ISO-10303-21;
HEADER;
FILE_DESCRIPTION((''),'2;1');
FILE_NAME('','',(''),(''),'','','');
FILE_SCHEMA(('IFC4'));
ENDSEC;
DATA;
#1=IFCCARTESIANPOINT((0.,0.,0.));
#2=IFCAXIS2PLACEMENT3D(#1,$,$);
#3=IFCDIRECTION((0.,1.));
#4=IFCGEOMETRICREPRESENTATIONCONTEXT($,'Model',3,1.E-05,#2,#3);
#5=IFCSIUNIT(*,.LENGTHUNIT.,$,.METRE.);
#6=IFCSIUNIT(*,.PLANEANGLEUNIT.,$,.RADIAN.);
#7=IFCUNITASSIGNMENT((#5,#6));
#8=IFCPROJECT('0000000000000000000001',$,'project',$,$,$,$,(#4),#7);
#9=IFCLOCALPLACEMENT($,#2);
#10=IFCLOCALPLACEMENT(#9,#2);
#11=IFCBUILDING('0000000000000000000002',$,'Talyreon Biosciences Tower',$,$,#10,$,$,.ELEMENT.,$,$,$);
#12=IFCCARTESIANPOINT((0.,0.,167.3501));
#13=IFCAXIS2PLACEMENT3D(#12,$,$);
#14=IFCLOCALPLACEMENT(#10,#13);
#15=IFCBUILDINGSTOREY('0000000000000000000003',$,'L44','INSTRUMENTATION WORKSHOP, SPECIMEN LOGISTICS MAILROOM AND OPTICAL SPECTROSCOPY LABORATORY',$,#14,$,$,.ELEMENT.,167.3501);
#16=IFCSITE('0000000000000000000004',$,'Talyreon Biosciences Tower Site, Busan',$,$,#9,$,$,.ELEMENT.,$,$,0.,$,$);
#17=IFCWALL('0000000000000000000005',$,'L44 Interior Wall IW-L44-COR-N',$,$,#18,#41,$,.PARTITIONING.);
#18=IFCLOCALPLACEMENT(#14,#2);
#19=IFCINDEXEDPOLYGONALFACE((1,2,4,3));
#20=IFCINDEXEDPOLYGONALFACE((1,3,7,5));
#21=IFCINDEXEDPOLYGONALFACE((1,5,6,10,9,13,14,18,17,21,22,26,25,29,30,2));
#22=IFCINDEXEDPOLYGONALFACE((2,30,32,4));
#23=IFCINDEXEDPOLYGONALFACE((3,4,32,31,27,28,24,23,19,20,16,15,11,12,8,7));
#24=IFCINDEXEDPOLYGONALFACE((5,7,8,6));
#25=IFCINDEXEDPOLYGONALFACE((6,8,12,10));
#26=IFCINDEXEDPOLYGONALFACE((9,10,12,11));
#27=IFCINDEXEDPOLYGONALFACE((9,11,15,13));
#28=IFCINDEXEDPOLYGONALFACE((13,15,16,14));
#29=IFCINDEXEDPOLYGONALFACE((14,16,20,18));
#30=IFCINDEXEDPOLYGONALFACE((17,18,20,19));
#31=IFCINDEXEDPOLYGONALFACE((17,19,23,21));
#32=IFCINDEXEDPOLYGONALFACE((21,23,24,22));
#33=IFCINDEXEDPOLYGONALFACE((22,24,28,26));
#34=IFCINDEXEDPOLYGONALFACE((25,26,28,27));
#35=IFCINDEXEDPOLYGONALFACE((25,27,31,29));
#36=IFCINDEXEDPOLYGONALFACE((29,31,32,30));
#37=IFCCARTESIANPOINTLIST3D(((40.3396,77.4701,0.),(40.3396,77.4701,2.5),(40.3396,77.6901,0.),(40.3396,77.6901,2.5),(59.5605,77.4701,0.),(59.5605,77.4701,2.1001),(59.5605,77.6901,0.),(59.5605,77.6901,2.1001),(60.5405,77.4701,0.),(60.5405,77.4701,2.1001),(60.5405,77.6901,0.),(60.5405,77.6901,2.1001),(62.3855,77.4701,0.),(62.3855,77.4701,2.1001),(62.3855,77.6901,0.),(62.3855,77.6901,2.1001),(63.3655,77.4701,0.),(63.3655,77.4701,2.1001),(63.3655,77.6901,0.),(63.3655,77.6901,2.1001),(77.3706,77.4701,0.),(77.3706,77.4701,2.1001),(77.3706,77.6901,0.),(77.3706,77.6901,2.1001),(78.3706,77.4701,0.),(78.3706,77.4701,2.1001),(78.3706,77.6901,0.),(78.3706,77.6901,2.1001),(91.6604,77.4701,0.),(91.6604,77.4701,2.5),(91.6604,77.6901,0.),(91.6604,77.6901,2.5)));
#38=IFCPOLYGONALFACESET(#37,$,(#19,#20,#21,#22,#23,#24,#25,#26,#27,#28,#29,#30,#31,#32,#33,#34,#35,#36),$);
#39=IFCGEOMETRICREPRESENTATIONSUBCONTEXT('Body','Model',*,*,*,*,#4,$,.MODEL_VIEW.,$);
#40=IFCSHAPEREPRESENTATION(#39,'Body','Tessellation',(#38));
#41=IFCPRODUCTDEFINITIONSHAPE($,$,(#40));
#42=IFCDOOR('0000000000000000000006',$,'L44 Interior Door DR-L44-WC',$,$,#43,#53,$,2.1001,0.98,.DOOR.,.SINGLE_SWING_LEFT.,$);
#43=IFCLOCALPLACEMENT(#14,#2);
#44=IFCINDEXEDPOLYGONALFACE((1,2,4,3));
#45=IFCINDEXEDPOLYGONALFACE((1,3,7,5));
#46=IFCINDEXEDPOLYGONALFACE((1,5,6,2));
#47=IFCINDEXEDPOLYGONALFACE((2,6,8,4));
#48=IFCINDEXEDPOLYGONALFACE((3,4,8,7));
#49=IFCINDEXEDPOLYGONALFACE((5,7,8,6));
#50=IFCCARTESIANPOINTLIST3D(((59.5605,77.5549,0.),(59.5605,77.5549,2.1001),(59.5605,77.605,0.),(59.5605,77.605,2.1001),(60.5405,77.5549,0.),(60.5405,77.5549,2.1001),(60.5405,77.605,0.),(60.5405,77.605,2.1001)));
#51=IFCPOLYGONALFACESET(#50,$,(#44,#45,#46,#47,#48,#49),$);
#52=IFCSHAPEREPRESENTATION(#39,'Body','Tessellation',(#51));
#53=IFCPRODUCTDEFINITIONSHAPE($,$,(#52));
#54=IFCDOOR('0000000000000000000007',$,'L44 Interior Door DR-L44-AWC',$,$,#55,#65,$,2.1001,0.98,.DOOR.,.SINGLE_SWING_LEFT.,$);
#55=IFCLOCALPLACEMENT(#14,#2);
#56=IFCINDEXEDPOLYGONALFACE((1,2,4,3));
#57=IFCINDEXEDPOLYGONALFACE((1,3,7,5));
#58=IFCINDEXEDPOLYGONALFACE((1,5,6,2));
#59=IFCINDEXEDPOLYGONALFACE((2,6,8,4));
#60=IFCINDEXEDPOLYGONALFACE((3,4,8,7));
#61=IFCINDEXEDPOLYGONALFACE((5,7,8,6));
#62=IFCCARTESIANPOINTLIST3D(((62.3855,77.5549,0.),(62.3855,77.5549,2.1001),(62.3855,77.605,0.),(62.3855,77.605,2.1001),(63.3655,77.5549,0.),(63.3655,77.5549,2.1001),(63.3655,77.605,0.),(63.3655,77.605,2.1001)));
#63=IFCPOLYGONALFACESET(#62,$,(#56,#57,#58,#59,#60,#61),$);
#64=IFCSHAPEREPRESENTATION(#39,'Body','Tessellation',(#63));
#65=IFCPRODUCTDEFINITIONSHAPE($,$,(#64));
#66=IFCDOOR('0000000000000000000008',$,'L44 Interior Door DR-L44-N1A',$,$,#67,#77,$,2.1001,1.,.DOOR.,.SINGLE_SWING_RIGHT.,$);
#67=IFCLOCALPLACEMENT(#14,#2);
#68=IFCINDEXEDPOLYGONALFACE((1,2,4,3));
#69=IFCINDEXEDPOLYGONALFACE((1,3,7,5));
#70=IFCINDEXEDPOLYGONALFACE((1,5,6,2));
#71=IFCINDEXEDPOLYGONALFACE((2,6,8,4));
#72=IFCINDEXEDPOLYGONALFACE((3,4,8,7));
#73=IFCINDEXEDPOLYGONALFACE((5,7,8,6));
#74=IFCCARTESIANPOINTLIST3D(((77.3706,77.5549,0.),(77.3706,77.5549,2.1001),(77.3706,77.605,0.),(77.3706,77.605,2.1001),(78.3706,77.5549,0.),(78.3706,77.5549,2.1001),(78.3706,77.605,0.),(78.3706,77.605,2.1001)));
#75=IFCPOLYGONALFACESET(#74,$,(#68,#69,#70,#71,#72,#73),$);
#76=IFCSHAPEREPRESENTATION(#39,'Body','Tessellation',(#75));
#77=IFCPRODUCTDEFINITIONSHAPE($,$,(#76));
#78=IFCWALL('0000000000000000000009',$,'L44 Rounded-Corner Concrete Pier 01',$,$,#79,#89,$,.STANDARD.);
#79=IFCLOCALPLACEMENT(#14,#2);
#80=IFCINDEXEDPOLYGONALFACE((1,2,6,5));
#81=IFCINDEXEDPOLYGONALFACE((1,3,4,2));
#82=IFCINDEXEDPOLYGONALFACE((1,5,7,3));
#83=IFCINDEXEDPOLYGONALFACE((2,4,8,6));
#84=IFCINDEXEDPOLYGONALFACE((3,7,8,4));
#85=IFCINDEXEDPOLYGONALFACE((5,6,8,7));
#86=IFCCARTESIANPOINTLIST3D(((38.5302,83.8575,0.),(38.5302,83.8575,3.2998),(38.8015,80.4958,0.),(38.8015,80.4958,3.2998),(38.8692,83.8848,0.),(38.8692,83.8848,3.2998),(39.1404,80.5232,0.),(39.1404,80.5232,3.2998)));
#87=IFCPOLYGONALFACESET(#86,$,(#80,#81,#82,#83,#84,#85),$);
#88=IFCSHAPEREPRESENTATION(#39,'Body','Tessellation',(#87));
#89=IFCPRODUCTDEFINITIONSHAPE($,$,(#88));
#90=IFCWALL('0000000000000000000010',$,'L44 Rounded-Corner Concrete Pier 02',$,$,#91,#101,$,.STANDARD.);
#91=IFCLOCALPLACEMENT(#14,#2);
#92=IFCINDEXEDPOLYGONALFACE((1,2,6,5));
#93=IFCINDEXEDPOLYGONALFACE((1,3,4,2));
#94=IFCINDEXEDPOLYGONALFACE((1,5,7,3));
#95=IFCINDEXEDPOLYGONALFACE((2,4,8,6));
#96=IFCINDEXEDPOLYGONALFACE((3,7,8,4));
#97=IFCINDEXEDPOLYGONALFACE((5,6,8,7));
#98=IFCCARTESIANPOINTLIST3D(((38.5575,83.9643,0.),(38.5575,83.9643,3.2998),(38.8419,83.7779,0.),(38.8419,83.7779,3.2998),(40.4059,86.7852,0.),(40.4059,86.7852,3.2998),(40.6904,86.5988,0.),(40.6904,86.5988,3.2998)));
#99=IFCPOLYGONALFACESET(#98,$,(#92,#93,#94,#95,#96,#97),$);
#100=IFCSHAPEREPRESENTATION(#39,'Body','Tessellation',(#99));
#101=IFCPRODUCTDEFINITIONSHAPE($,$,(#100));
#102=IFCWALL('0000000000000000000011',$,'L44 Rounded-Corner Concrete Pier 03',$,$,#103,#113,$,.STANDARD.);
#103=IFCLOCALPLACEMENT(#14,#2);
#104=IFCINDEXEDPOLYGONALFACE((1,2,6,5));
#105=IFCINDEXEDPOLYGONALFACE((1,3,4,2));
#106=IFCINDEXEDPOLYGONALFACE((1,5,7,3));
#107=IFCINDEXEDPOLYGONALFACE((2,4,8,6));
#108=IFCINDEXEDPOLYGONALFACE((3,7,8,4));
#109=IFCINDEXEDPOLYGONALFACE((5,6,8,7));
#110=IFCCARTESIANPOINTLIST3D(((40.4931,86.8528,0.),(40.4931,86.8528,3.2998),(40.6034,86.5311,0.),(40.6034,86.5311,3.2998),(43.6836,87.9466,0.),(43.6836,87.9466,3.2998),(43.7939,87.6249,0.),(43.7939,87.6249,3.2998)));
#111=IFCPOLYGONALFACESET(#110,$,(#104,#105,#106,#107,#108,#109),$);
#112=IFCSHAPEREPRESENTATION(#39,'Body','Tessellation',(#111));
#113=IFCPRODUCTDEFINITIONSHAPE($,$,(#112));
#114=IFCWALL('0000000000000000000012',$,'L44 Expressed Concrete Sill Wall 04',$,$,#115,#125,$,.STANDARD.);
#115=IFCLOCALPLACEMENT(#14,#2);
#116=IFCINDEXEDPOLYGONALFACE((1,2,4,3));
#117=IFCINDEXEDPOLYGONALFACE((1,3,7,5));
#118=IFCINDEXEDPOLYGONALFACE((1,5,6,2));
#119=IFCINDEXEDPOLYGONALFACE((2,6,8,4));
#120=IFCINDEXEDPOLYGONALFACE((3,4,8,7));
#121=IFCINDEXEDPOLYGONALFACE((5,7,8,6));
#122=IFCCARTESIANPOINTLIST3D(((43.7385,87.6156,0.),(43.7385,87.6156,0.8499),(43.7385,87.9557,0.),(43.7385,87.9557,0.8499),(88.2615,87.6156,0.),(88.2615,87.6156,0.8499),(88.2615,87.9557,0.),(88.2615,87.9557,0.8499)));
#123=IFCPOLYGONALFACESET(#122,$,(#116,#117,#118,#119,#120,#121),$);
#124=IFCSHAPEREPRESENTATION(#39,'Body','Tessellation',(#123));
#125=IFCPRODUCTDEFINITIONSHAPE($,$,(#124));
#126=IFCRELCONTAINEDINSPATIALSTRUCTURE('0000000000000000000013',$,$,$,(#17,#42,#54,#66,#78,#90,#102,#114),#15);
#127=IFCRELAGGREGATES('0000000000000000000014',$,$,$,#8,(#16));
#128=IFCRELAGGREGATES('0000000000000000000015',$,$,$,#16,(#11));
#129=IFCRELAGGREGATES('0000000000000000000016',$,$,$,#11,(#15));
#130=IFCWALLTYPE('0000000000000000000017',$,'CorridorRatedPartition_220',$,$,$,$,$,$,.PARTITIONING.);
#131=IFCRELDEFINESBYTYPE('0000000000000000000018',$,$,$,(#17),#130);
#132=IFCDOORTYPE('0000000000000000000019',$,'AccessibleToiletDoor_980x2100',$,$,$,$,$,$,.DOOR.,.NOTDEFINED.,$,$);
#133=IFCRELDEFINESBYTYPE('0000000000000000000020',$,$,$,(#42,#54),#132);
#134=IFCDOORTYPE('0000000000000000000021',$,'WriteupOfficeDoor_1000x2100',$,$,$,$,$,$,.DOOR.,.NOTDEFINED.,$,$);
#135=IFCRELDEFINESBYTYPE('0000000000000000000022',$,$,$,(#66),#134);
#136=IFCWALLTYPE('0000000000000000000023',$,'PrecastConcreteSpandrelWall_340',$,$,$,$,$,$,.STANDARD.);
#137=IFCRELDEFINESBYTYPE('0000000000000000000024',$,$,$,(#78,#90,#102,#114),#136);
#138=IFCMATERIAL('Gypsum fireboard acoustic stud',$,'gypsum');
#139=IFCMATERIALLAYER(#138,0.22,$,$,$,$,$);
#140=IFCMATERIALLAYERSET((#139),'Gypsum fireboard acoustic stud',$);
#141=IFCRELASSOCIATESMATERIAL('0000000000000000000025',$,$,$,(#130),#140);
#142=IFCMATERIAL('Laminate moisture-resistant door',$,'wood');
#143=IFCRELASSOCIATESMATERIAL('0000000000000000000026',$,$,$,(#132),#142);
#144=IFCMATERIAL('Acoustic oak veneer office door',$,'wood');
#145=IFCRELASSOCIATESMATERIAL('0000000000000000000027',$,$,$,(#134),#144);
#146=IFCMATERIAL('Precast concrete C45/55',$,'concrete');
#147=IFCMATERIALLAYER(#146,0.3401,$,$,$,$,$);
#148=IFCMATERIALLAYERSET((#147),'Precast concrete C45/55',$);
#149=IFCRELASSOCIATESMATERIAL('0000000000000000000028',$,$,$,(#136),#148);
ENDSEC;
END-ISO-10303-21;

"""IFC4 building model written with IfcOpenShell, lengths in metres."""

from ifc_helpers import new_model, si_unit, direction, frame, frame_2d, origin, place, context, subcontext, project, spatial, rectangle, extrude, material, layer, layer_set, type_object, element, fill, save


model = new_model("IFC4")

# Units and contexts
model_context = context("Model", 3, precision=1e-05, world=origin(), true_north=direction((0.0, 1.0)))
body_context = subcontext(model_context, "Body", "Model", "MODEL_VIEW")
ifc_project = project(units=[si_unit("LENGTHUNIT", "METRE"), si_unit("PLANEANGLEUNIT", "RADIAN")], contexts=[model_context])

# Site, building, storey
site_placement = place(None, origin())
site = spatial("IfcSite", under=ifc_project, at=site_placement, Name="Talyreon Biosciences Tower Site, Busan", CompositionType="ELEMENT", RefElevation=0.0)
building_placement = place(site_placement, origin())
building = spatial("IfcBuilding", under=site, at=building_placement, Name="Talyreon Biosciences Tower", CompositionType="ELEMENT")
storey_placement = place(building_placement, frame((0.0, 0.0, 167.3501)))
storey = spatial("IfcBuildingStorey", under=building, at=storey_placement, Name="L44", Description="INSTRUMENTATION WORKSHOP, SPECIMEN LOGISTICS MAILROOM AND OPTICAL SPECTROSCOPY LABORATORY", CompositionType="ELEMENT", Elevation=167.3501)

# Shared definitions
ifc_material_1 = material(Name="Precast concrete C45/55", Category="concrete")

# Wall, openings, doors
ifc_material_2 = material(Name="Gypsum fireboard acoustic stud", Category="gypsum")
ifc_layer_1 = layer(ifc_material_2, 0.22)
ifc_layer_set_1 = layer_set([ifc_layer_1], Name="Gypsum fireboard acoustic stud")
wall_type_1 = type_object("IfcWallType", Name="CorridorRatedPartition_220", PredefinedType="PARTITIONING", material=ifc_layer_set_1)
wall_1_placement = place(storey_placement, frame((40.3396, 77.5801, 0.0), z_axis=(0.0, 0.0, 1.0), x_axis=(1.0, 0.0, 0.0)))
wall_1 = element("IfcWall", 1, at=wall_1_placement, inside=storey, type_object=wall_type_1, Name="L44 Interior Wall IW-L44-COR-N", PredefinedType="PARTITIONING", context=body_context, shape_type="SweptSolid", body=[
    extrude(rectangle(XDim=51.3208, YDim=0.22, at=frame_2d((25.6604, 0.0))), origin(), (0.0, 0.0, 1.0), 2.5),
])
opening_1_placement = place(wall_1_placement, frame((19.2209, 0.0, 0.0)))
opening_1 = element("IfcOpeningElement", 2, at=opening_1_placement, cuts=wall_1, PredefinedType="OPENING", context=body_context, shape_type="SweptSolid", body=[
    extrude(rectangle(XDim=0.98, YDim=2.1001, at=frame_2d((0.49, 1.05))), frame((0.0, 0.1199, 0.0), z_axis=(0.0, -1.0, 0.0), x_axis=(1.0, 0.0, 0.0)), (0.0, 0.0, 1.0), 0.24),
])
opening_2_placement = place(wall_1_placement, frame((22.0459, 0.0, 0.0)))
opening_2 = element("IfcOpeningElement", 3, at=opening_2_placement, cuts=wall_1, PredefinedType="OPENING", context=body_context, shape_type="SweptSolid", body=[
    extrude(rectangle(XDim=0.98, YDim=2.1001, at=frame_2d((0.49, 1.05))), frame((0.0, 0.1199, 0.0), z_axis=(0.0, -1.0, 0.0), x_axis=(1.0, 0.0, 0.0)), (0.0, 0.0, 1.0), 0.24),
])
opening_3_placement = place(wall_1_placement, frame((37.031, 0.0, 0.0)))
opening_3 = element("IfcOpeningElement", 4, at=opening_3_placement, cuts=wall_1, PredefinedType="OPENING", context=body_context, shape_type="SweptSolid", body=[
    extrude(rectangle(XDim=1.0, YDim=2.1001, at=frame_2d((0.5, 1.05))), frame((0.0, 0.1199, 0.0), z_axis=(0.0, -1.0, 0.0), x_axis=(1.0, 0.0, 0.0)), (0.0, 0.0, 1.0), 0.24),
])
ifc_material_3 = material(Name="Laminate moisture-resistant door", Category="wood")
door_type_1 = type_object("IfcDoorType", Name="AccessibleToiletDoor_980x2100", OperationType="NOTDEFINED", PredefinedType="DOOR", material=ifc_material_3)
door_1_placement = place(opening_1_placement, origin())
door_1 = element("IfcDoor", 5, at=door_1_placement, inside=storey, type_object=door_type_1, Name="L44 Interior Door DR-L44-WC", OperationType="SINGLE_SWING_LEFT", OverallHeight=2.1001, OverallWidth=0.98, PredefinedType="DOOR", context=body_context, shape_type="SweptSolid", body=[
    extrude(rectangle(XDim=0.98, YDim=2.1001, at=frame_2d((0.49, 1.05))), frame((0.0, 0.0249, 0.0), z_axis=(0.0, -1.0, 0.0), x_axis=(1.0, 0.0, 0.0)), (0.0, 0.0, 1.0), 0.05),
])
fill(opening_1, door_1)
door_2_placement = place(opening_2_placement, origin())
door_2 = element("IfcDoor", 6, at=door_2_placement, inside=storey, type_object=door_type_1, Name="L44 Interior Door DR-L44-AWC", OperationType="SINGLE_SWING_LEFT", OverallHeight=2.1001, OverallWidth=0.98, PredefinedType="DOOR", context=body_context, shape_type="SweptSolid", body=[
    extrude(rectangle(XDim=0.98, YDim=2.1001, at=frame_2d((0.49, 1.05))), frame((0.0, 0.0249, 0.0), z_axis=(0.0, -1.0, 0.0), x_axis=(1.0, 0.0, 0.0)), (0.0, 0.0, 1.0), 0.05),
])
fill(opening_2, door_2)
ifc_material_4 = material(Name="Acoustic oak veneer office door", Category="wood")
door_type_2 = type_object("IfcDoorType", Name="WriteupOfficeDoor_1000x2100", OperationType="NOTDEFINED", PredefinedType="DOOR", material=ifc_material_4)
door_3_placement = place(opening_3_placement, origin())
door_3 = element("IfcDoor", 7, at=door_3_placement, inside=storey, type_object=door_type_2, Name="L44 Interior Door DR-L44-N1A", OperationType="SINGLE_SWING_RIGHT", OverallHeight=2.1001, OverallWidth=1.0, PredefinedType="DOOR", context=body_context, shape_type="SweptSolid", body=[
    extrude(rectangle(XDim=1.0, YDim=2.1001, at=frame_2d((0.5, 1.05))), frame((0.0, 0.0249, 0.0), z_axis=(0.0, -1.0, 0.0), x_axis=(1.0, 0.0, 0.0)), (0.0, 0.0, 1.0), 0.05),
])
fill(opening_3, door_3)

# Walls
ifc_layer_2 = layer(ifc_material_1, 0.3401)
ifc_layer_set_2 = layer_set([ifc_layer_2], Name="Precast concrete C45/55")
wall_type_2 = type_object("IfcWallType", Name="PrecastConcreteSpandrelWall_340", PredefinedType="STANDARD", material=ifc_layer_set_2)
for number, where, z_axis, x_axis, name in (
    (8, (38.9709, 80.5095, 0.0), (0.0, 0.0, 1.0), (-0.080427, 0.99676, 0.0), "L44 Rounded-Corner Concrete Pier 01"),
    (9, (38.6997, 83.8711, 0.0), (0.0, 0.0, 1.0), (0.548084, 0.836423, 0.0), "L44 Rounded-Corner Concrete Pier 02"),
):
    element("IfcWall", number, at=place(storey_placement, frame(where, z_axis=z_axis, x_axis=x_axis)), inside=storey, type_object=wall_type_2, Name=name, PredefinedType="STANDARD", context=body_context, shape_type="SweptSolid", body=[
        extrude(rectangle(XDim=3.3726, YDim=0.3401, at=frame_2d((1.6863, 0.0))), origin(), (0.0, 0.0, 1.0), 3.2998),
    ])
wall_2_placement = place(storey_placement, frame((40.5481, 86.6919, 0.0), z_axis=(0.0, 0.0, 1.0), x_axis=(0.945956, 0.324295, 0.0)))
element("IfcWall", 10, at=wall_2_placement, inside=storey, type_object=wall_type_2, Name="L44 Rounded-Corner Concrete Pier 03", PredefinedType="STANDARD", context=body_context, shape_type="SweptSolid", body=[
    extrude(rectangle(XDim=3.3728, YDim=0.3401, at=frame_2d((1.6865, 0.0))), origin(), (0.0, 0.0, 1.0), 3.2998),
])
wall_3_placement = place(storey_placement, frame((43.7385, 87.7856, 0.0), z_axis=(0.0, 0.0, 1.0), x_axis=(1.0, 0.0, 0.0)))
element("IfcWall", 11, at=wall_3_placement, inside=storey, type_object=wall_type_2, Name="L44 Expressed Concrete Sill Wall 04", PredefinedType="STANDARD", context=body_context, shape_type="SweptSolid", body=[
    extrude(rectangle(XDim=44.5229, YDim=0.3401, at=frame_2d((22.2615, 0.0))), origin(), (0.0, 0.0, 1.0), 0.8499),
])

save(model, "model.ifc")
